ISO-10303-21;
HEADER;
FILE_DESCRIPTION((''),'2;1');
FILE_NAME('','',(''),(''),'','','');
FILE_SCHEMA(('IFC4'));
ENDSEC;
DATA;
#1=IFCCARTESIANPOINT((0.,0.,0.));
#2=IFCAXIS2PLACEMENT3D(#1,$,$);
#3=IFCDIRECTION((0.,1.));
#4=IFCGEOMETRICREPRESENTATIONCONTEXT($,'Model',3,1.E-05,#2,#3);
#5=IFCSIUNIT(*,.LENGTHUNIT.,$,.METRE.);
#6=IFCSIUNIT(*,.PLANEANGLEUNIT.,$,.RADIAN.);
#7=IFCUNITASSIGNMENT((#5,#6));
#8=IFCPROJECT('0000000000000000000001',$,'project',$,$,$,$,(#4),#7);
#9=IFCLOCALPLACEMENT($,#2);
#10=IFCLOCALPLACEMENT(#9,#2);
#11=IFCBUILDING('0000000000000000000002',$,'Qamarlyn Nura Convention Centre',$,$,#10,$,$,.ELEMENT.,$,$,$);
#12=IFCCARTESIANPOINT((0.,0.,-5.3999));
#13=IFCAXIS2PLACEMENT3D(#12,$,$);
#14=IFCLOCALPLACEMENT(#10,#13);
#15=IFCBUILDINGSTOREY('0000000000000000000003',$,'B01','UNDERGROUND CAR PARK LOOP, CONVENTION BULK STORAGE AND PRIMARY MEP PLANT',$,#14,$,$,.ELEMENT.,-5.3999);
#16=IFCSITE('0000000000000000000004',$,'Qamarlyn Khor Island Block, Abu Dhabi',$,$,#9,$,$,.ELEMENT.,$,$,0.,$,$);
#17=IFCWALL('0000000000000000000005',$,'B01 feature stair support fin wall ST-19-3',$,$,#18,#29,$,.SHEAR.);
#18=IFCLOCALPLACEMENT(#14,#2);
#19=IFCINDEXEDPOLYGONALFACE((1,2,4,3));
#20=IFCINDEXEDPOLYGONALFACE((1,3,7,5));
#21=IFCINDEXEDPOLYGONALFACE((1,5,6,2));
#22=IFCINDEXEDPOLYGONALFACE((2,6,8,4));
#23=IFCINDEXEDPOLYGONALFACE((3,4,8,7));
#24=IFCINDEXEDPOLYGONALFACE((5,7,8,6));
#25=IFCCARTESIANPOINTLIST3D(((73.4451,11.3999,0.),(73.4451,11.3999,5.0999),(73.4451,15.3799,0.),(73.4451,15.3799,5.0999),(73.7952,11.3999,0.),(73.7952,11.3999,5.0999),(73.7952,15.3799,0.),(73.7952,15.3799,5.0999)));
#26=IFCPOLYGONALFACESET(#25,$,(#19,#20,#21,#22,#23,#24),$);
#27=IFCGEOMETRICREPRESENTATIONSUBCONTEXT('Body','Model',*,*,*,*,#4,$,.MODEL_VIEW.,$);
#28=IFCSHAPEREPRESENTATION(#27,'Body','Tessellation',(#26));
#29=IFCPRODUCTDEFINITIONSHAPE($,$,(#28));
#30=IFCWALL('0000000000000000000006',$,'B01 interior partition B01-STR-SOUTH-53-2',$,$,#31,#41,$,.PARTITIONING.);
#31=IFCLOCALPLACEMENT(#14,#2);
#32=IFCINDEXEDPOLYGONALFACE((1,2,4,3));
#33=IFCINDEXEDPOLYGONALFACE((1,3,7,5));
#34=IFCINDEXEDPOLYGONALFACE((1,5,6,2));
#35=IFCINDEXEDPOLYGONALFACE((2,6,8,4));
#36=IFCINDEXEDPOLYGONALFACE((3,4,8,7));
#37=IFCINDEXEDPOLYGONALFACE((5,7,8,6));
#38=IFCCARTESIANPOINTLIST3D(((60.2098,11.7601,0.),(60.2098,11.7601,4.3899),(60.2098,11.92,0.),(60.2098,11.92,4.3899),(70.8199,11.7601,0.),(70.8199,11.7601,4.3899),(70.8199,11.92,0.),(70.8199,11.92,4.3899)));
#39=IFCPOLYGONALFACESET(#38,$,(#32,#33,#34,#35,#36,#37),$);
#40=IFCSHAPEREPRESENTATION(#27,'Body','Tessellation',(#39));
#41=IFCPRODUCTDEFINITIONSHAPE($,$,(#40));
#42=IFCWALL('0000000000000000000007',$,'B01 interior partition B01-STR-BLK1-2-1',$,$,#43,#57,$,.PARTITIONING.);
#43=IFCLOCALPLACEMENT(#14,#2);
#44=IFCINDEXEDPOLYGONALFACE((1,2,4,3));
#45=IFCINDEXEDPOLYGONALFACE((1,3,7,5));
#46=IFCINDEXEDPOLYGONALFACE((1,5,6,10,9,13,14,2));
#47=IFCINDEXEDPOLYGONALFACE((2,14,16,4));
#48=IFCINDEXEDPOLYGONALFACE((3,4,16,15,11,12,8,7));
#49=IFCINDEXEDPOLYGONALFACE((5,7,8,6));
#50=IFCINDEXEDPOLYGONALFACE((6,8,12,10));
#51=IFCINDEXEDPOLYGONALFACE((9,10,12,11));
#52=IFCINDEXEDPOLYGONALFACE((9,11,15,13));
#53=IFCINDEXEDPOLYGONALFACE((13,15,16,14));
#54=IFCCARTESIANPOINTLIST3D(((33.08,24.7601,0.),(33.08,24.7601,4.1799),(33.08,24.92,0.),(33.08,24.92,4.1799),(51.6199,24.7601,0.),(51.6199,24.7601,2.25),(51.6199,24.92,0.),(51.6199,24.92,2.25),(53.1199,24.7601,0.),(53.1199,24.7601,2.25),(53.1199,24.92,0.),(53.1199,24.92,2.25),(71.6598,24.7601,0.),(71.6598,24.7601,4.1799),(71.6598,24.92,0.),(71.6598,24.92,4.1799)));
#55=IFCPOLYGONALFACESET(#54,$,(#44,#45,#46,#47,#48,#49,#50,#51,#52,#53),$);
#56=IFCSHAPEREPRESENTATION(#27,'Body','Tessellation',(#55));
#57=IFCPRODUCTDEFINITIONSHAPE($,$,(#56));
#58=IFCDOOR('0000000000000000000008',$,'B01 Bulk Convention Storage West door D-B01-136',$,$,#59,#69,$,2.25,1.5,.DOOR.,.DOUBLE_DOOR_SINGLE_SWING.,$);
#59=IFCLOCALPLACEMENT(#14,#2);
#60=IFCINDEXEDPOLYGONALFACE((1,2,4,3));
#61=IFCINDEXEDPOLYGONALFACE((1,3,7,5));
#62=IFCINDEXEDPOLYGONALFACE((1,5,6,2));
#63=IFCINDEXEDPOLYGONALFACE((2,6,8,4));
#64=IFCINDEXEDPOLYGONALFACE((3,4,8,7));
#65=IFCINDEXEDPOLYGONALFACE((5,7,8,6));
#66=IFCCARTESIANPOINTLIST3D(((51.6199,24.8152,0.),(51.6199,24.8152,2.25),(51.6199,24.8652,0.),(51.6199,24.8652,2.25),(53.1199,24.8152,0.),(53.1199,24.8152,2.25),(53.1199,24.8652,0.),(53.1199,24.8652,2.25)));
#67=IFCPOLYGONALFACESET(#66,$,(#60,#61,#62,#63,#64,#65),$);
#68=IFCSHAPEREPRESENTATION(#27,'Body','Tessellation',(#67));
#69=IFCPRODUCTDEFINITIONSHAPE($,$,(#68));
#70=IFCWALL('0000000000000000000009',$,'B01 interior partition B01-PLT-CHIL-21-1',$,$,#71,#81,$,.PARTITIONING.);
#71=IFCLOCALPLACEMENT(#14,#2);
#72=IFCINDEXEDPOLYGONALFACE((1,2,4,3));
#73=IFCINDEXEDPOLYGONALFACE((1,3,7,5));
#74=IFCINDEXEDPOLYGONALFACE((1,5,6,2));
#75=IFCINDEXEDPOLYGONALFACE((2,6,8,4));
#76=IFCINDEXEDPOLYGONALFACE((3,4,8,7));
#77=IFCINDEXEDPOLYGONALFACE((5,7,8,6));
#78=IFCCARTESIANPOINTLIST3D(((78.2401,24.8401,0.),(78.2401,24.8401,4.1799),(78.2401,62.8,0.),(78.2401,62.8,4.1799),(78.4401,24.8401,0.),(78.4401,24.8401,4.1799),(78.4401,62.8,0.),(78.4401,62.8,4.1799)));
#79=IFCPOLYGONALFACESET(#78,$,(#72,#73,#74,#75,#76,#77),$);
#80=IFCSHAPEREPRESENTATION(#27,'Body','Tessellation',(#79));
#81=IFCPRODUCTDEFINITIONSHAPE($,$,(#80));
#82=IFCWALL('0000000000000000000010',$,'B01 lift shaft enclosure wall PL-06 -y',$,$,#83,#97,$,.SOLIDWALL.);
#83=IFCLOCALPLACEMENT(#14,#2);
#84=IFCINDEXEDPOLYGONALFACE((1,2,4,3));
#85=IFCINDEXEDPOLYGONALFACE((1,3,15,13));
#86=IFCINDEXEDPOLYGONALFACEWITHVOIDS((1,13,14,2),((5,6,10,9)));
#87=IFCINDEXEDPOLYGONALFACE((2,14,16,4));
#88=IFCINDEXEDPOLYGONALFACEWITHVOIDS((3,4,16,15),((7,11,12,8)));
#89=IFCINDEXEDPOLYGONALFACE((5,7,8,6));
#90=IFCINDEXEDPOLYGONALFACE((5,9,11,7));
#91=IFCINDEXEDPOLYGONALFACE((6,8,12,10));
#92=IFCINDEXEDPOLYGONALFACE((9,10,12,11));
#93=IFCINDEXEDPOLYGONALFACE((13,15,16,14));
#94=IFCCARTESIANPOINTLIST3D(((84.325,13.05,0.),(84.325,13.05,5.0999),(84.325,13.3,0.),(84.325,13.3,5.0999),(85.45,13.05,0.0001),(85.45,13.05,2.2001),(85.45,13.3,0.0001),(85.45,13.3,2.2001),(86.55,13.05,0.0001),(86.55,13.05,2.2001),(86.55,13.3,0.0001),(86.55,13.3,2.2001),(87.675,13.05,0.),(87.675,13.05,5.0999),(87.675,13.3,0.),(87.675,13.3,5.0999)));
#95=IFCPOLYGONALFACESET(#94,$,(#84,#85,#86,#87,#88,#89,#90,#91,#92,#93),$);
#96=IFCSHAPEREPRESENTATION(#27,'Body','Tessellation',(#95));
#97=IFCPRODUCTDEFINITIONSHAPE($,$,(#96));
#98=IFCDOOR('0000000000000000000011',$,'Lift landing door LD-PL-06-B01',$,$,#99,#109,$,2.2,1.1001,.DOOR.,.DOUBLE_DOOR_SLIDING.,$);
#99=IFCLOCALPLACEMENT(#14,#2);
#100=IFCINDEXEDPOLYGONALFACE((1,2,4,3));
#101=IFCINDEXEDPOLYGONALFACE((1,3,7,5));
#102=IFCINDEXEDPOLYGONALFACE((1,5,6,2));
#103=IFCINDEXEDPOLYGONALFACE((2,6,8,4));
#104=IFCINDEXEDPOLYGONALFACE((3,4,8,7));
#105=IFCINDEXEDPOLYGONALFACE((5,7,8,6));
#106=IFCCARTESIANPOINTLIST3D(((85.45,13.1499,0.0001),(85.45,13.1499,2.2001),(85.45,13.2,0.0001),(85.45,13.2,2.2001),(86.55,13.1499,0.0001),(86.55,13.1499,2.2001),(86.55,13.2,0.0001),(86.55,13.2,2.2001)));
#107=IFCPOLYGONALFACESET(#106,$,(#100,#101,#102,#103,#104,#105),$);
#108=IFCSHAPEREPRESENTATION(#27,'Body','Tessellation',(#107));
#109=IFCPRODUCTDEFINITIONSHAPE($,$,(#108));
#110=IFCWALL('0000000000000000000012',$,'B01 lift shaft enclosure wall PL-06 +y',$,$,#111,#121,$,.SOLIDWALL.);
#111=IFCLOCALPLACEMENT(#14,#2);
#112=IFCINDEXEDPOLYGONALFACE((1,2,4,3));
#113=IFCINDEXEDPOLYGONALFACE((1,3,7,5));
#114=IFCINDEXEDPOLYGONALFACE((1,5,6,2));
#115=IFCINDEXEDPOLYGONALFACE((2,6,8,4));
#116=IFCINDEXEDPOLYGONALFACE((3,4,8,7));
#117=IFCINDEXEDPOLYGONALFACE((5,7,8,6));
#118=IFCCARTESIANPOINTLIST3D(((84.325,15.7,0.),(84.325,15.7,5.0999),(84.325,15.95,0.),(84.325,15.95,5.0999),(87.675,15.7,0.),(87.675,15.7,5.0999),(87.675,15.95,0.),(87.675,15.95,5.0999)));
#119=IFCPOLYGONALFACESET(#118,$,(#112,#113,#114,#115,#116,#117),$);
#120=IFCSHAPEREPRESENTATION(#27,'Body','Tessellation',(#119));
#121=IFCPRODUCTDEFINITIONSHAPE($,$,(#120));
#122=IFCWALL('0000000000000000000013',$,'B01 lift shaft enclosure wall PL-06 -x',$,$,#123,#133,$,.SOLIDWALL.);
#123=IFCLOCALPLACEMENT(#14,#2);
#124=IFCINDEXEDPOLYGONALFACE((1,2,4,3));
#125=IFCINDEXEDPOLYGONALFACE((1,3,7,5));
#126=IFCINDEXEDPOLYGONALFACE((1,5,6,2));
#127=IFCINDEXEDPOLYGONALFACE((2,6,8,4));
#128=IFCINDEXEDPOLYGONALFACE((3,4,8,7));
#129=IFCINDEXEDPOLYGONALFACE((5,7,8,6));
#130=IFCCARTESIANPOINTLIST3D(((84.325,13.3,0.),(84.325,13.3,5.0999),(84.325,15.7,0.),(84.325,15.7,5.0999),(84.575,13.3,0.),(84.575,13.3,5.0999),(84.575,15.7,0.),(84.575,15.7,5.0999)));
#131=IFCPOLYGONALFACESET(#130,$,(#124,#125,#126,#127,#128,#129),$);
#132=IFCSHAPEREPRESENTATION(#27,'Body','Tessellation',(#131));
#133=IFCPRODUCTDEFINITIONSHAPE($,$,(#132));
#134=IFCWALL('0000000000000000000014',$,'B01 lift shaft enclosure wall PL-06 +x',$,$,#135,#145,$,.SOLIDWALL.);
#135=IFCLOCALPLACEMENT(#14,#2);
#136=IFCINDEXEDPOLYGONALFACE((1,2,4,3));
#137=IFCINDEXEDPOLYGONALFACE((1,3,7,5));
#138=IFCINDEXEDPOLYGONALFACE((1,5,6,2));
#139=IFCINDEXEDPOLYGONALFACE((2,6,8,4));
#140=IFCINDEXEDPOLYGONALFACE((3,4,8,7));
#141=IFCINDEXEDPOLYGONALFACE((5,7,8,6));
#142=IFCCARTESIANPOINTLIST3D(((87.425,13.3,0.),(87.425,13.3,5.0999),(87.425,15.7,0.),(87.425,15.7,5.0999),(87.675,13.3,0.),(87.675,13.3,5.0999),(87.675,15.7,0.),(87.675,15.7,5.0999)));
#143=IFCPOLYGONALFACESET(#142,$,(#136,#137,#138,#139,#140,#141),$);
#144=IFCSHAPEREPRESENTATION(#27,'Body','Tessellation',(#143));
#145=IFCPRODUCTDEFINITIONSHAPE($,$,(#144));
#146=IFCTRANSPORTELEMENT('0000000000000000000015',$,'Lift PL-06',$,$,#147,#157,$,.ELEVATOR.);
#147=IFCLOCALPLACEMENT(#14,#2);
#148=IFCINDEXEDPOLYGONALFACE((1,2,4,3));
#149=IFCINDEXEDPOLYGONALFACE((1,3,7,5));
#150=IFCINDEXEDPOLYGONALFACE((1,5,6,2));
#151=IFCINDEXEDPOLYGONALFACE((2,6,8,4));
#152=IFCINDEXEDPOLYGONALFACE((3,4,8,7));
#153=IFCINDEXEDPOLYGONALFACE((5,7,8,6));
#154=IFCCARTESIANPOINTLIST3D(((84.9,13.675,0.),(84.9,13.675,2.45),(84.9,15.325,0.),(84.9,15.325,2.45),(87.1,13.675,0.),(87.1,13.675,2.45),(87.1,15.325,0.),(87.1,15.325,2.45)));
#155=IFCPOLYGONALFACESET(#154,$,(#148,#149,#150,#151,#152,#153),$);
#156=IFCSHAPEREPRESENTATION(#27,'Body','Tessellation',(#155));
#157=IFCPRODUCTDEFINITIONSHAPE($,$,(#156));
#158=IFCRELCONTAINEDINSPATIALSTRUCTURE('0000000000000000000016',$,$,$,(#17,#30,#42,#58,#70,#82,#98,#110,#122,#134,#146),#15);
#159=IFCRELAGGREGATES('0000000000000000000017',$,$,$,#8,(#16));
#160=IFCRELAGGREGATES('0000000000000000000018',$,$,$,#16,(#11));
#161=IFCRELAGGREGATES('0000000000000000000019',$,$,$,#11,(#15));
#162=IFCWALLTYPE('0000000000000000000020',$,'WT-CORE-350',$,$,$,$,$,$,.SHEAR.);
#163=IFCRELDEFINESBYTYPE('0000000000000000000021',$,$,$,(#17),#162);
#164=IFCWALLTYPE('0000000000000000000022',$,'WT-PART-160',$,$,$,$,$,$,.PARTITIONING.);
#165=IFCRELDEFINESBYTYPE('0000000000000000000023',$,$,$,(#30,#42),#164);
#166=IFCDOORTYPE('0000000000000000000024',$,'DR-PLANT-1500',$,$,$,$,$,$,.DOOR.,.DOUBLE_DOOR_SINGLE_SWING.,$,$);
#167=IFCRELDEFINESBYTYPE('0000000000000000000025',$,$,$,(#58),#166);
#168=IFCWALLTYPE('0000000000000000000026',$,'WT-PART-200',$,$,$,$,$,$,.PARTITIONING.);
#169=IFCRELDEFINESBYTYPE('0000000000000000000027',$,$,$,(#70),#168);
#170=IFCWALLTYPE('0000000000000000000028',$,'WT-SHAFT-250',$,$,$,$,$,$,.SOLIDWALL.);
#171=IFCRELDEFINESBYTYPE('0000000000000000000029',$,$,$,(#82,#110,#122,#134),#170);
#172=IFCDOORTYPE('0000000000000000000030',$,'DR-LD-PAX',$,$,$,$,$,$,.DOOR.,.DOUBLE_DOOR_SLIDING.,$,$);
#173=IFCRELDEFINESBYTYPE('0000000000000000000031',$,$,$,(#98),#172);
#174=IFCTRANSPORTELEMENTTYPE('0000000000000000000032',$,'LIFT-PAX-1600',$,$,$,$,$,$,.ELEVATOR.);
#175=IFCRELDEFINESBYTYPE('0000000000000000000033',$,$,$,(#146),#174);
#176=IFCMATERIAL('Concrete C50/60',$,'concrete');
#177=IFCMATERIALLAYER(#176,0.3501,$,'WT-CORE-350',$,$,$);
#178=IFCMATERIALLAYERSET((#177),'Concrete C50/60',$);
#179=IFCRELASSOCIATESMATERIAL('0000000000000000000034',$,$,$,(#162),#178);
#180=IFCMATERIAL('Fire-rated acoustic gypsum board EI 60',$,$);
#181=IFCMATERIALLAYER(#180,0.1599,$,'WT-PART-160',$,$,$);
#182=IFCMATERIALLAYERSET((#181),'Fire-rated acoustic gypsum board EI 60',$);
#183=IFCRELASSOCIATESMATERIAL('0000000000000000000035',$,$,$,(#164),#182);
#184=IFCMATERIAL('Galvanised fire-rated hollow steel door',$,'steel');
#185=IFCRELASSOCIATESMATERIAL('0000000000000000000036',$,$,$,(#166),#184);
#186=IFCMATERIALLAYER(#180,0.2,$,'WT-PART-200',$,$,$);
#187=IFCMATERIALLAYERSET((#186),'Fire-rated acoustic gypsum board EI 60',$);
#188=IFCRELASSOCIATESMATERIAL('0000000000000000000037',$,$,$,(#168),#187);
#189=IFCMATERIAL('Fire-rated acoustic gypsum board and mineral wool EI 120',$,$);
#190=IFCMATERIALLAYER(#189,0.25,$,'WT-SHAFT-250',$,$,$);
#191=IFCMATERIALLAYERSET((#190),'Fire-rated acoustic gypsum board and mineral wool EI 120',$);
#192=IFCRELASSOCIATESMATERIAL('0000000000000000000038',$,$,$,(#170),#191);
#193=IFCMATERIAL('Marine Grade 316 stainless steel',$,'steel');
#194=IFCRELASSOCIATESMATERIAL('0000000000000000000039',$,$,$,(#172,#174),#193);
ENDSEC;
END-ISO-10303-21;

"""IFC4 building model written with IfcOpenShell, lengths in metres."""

from ifc_helpers import new_model, si_unit, direction, frame, frame_2d, origin, origin_2d, place, context, subcontext, project, spatial, rectangle, extrude, material, layer, layer_set, type_object, element, fill, save


model = new_model("IFC4")

# Units and contexts
model_context = context("Model", 3, precision=1e-05, world=origin(), true_north=direction((0.0, 1.0)))
body_context = subcontext(model_context, "Body", "Model", "MODEL_VIEW")
ifc_project = project(units=[si_unit("LENGTHUNIT", "METRE"), si_unit("PLANEANGLEUNIT", "RADIAN")], contexts=[model_context])

# Site, building, storey
site_placement = place(None, origin())
site = spatial("IfcSite", under=ifc_project, at=site_placement, Name="Qamarlyn Khor Island Block, Abu Dhabi", CompositionType="ELEMENT", RefElevation=0.0)
building_placement = place(site_placement, origin())
building = spatial("IfcBuilding", under=site, at=building_placement, Name="Qamarlyn Nura Convention Centre", CompositionType="ELEMENT")
storey_placement = place(building_placement, frame((0.0, 0.0, -5.3999)))
storey = spatial("IfcBuildingStorey", under=building, at=storey_placement, Name="B01", Description="UNDERGROUND CAR PARK LOOP, CONVENTION BULK STORAGE AND PRIMARY MEP PLANT", CompositionType="ELEMENT", Elevation=-5.3999)

# Shared definitions
ifc_material_1 = material(Name="Concrete C50/60", Category="concrete")
ifc_layer_1 = layer(ifc_material_1, 0.3501, Name="WT-CORE-350")
ifc_layer_set_1 = layer_set([ifc_layer_1], Name="Concrete C50/60")
wall_type_1 = type_object("IfcWallType", Name="WT-CORE-350", PredefinedType="SHEAR", material=ifc_layer_set_1)

# Shared definitions
ifc_material_2 = material(Name="Galvanised fire-rated hollow steel door", Category="steel")

# Walls
wall_1_placement = place(storey_placement, frame((73.6201, 11.3999, 0.0), z_axis=(0.0, 0.0, 1.0), x_axis=(0.0, 1.0, 0.0)))
element("IfcWall", 1, at=wall_1_placement, inside=storey, type_object=wall_type_1, Name="B01 feature stair support fin wall ST-19-3", PredefinedType="SHEAR", context=body_context, shape_type="SweptSolid", body=[
    extrude(rectangle(XDim=3.98, YDim=0.3501, at=frame_2d((1.99, 0.0))), origin(), (0.0, 0.0, 1.0), 5.0999),
])
ifc_material_3 = material(Name="Fire-rated acoustic gypsum board EI 60")
ifc_layer_2 = layer(ifc_material_3, 0.1599, Name="WT-PART-160")
ifc_layer_set_2 = layer_set([ifc_layer_2], Name="Fire-rated acoustic gypsum board EI 60")
wall_type_2 = type_object("IfcWallType", Name="WT-PART-160", PredefinedType="PARTITIONING", material=ifc_layer_set_2)
wall_2_placement = place(storey_placement, frame((70.8201, 11.8401, 0.0), z_axis=(0.0, 0.0, 1.0), x_axis=(-1.0, 0.0, 0.0)))
element("IfcWall", 2, at=wall_2_placement, inside=storey, type_object=wall_type_2, Name="B01 interior partition B01-STR-SOUTH-53-2", PredefinedType="PARTITIONING", context=body_context, shape_type="SweptSolid", body=[
    extrude(rectangle(XDim=10.6101, YDim=0.1599, at=frame_2d((5.3052, 0.0))), origin(), (0.0, 0.0, 1.0), 4.3899),
])

# Wall, opening, door
wall_3_placement = place(storey_placement, frame((71.6599, 24.8401, 0.0), z_axis=(0.0, 0.0, 1.0), x_axis=(-1.0, 0.0, 0.0)))
wall_3 = element("IfcWall", 3, at=wall_3_placement, inside=storey, type_object=wall_type_2, Name="B01 interior partition B01-STR-BLK1-2-1", PredefinedType="PARTITIONING", context=body_context, shape_type="SweptSolid", body=[
    extrude(rectangle(XDim=38.5798, YDim=0.1599, at=frame_2d((19.29, 0.0))), origin(), (0.0, 0.0, 1.0), 4.1799),
])
opening_1_placement = place(wall_3_placement, frame((18.54, 0.0, 0.0)))
opening_1 = element("IfcOpeningElement", 4, at=opening_1_placement, cuts=wall_3, PredefinedType="OPENING", context=body_context, shape_type="SweptSolid", body=[
    extrude(rectangle(XDim=1.5, YDim=2.25, at=frame_2d((0.75, 1.125))), frame((0.0, 0.0898, 0.0), z_axis=(0.0, -1.0, 0.0), x_axis=(1.0, 0.0, 0.0)), (0.0, 0.0, 1.0), 0.1799),
])
door_type_1 = type_object("IfcDoorType", Name="DR-PLANT-1500", OperationType="DOUBLE_DOOR_SINGLE_SWING", PredefinedType="DOOR", material=ifc_material_2)
door_1_placement = place(opening_1_placement, origin())
door_1 = element("IfcDoor", 5, at=door_1_placement, inside=storey, type_object=door_type_1, Name="B01 Bulk Convention Storage West door D-B01-136", OperationType="DOUBLE_DOOR_SINGLE_SWING", OverallHeight=2.25, OverallWidth=1.5, PredefinedType="DOOR", context=body_context, shape_type="SweptSolid", body=[
    extrude(rectangle(XDim=1.5, YDim=2.25, at=frame_2d((0.75, 1.125))), frame((0.0, 0.0249, 0.0), z_axis=(0.0, -1.0, 0.0), x_axis=(1.0, 0.0, 0.0)), (0.0, 0.0, 1.0), 0.05),
])
fill(opening_1, door_1)

# Wall
ifc_layer_3 = layer(ifc_material_3, 0.2, Name="WT-PART-200")
ifc_layer_set_3 = layer_set([ifc_layer_3], Name="Fire-rated acoustic gypsum board EI 60")
wall_type_3 = type_object("IfcWallType", Name="WT-PART-200", PredefinedType="PARTITIONING", material=ifc_layer_set_3)
wall_4_placement = place(storey_placement, frame((78.3401, 24.8401, 0.0), z_axis=(0.0, 0.0, 1.0), x_axis=(0.0, 1.0, 0.0)))
element("IfcWall", 6, at=wall_4_placement, inside=storey, type_object=wall_type_3, Name="B01 interior partition B01-PLT-CHIL-21-1", PredefinedType="PARTITIONING", context=body_context, shape_type="SweptSolid", body=[
    extrude(rectangle(XDim=37.96, YDim=0.2, at=frame_2d((18.98, 0.0))), origin(), (0.0, 0.0, 1.0), 4.1799),
])

# Wall, opening, door
ifc_material_4 = material(Name="Fire-rated acoustic gypsum board and mineral wool EI 120")
ifc_layer_4 = layer(ifc_material_4, 0.25, Name="WT-SHAFT-250")
ifc_layer_set_4 = layer_set([ifc_layer_4], Name="Fire-rated acoustic gypsum board and mineral wool EI 120")
wall_type_4 = type_object("IfcWallType", Name="WT-SHAFT-250", PredefinedType="SOLIDWALL", material=ifc_layer_set_4)
wall_5_placement = place(storey_placement, frame((84.325, 13.175, 0.0), z_axis=(0.0, 0.0, 1.0), x_axis=(1.0, 0.0, 0.0)))
wall_5 = element("IfcWall", 7, at=wall_5_placement, inside=storey, type_object=wall_type_4, Name="B01 lift shaft enclosure wall PL-06 -y", PredefinedType="SOLIDWALL", context=body_context, shape_type="SweptSolid", body=[
    extrude(rectangle(XDim=3.3501, YDim=0.25, at=frame_2d((1.675, 0.0))), origin(), (0.0, 0.0, 1.0), 5.0999),
])
opening_2_placement = place(wall_5_placement, frame((1.125, 0.0, 0.0)))
opening_2 = element("IfcOpeningElement", 8, at=opening_2_placement, cuts=wall_5, PredefinedType="OPENING", context=body_context, shape_type="SweptSolid", body=[
    extrude(rectangle(XDim=1.1001, YDim=2.2, at=frame_2d((0.55, 1.1001))), frame((0.0, 0.135, 0.0), z_axis=(0.0, -1.0, 0.0), x_axis=(1.0, 0.0, 0.0)), (0.0, 0.0, 1.0), 0.27),
])
ifc_material_5 = material(Name="Marine Grade 316 stainless steel", Category="steel")
door_type_2 = type_object("IfcDoorType", Name="DR-LD-PAX", OperationType="DOUBLE_DOOR_SLIDING", PredefinedType="DOOR", material=ifc_material_5)
door_2_placement = place(opening_2_placement, origin())
door_2 = element("IfcDoor", 9, at=door_2_placement, inside=storey, type_object=door_type_2, Name="Lift landing door LD-PL-06-B01", OperationType="DOUBLE_DOOR_SLIDING", OverallHeight=2.2, OverallWidth=1.1001, PredefinedType="DOOR", context=body_context, shape_type="SweptSolid", body=[
    extrude(rectangle(XDim=1.1001, YDim=2.2, at=frame_2d((0.55, 1.1001))), frame((0.0, 0.0249, 0.0), z_axis=(0.0, -1.0, 0.0), x_axis=(1.0, 0.0, 0.0)), (0.0, 0.0, 1.0), 0.05),
])
fill(opening_2, door_2)

# Walls
wall_6_placement = place(storey_placement, frame((87.675, 15.825, 0.0), z_axis=(0.0, 0.0, 1.0), x_axis=(-1.0, 0.0, 0.0)))
element("IfcWall", 10, at=wall_6_placement, inside=storey, type_object=wall_type_4, Name="B01 lift shaft enclosure wall PL-06 +y", PredefinedType="SOLIDWALL", context=body_context, shape_type="SweptSolid", body=[
    extrude(rectangle(XDim=3.3501, YDim=0.25, at=frame_2d((1.675, 0.0))), origin(), (0.0, 0.0, 1.0), 5.0999),
])
for number, where, z_axis, x_axis, name in (
    (11, (84.45, 15.7, 0.0), (0.0, 0.0, 1.0), (0.0, -1.0, 0.0), "B01 lift shaft enclosure wall PL-06 -x"),
    (12, (87.55, 13.3, 0.0), (0.0, 0.0, 1.0), (0.0, 1.0, 0.0), "B01 lift shaft enclosure wall PL-06 +x"),
):
    element("IfcWall", number, at=place(storey_placement, frame(where, z_axis=z_axis, x_axis=x_axis)), inside=storey, type_object=wall_type_4, Name=name, PredefinedType="SOLIDWALL", context=body_context, shape_type="SweptSolid", body=[
        extrude(rectangle(XDim=2.3999, YDim=0.25, at=frame_2d((1.2, 0.0))), origin(), (0.0, 0.0, 1.0), 5.0999),
    ])

# Transport element
transport_element_type = type_object("IfcTransportElementType", Name="LIFT-PAX-1600", PredefinedType="ELEVATOR", material=ifc_material_5)
transport_element_placement = place(storey_placement, frame((86.0, 14.5, 0.0), z_axis=(0.0, 0.0, 1.0), x_axis=(1.0, 0.0, 0.0)))
element("IfcTransportElement", 13, at=transport_element_placement, inside=storey, type_object=transport_element_type, Name="Lift PL-06", PredefinedType="ELEVATOR", context=body_context, shape_type="SweptSolid", body=[
    extrude(rectangle(XDim=2.2, YDim=1.6499, at=origin_2d()), origin(), (0.0, 0.0, 1.0), 2.45),
])

save(model, "model.ifc")
